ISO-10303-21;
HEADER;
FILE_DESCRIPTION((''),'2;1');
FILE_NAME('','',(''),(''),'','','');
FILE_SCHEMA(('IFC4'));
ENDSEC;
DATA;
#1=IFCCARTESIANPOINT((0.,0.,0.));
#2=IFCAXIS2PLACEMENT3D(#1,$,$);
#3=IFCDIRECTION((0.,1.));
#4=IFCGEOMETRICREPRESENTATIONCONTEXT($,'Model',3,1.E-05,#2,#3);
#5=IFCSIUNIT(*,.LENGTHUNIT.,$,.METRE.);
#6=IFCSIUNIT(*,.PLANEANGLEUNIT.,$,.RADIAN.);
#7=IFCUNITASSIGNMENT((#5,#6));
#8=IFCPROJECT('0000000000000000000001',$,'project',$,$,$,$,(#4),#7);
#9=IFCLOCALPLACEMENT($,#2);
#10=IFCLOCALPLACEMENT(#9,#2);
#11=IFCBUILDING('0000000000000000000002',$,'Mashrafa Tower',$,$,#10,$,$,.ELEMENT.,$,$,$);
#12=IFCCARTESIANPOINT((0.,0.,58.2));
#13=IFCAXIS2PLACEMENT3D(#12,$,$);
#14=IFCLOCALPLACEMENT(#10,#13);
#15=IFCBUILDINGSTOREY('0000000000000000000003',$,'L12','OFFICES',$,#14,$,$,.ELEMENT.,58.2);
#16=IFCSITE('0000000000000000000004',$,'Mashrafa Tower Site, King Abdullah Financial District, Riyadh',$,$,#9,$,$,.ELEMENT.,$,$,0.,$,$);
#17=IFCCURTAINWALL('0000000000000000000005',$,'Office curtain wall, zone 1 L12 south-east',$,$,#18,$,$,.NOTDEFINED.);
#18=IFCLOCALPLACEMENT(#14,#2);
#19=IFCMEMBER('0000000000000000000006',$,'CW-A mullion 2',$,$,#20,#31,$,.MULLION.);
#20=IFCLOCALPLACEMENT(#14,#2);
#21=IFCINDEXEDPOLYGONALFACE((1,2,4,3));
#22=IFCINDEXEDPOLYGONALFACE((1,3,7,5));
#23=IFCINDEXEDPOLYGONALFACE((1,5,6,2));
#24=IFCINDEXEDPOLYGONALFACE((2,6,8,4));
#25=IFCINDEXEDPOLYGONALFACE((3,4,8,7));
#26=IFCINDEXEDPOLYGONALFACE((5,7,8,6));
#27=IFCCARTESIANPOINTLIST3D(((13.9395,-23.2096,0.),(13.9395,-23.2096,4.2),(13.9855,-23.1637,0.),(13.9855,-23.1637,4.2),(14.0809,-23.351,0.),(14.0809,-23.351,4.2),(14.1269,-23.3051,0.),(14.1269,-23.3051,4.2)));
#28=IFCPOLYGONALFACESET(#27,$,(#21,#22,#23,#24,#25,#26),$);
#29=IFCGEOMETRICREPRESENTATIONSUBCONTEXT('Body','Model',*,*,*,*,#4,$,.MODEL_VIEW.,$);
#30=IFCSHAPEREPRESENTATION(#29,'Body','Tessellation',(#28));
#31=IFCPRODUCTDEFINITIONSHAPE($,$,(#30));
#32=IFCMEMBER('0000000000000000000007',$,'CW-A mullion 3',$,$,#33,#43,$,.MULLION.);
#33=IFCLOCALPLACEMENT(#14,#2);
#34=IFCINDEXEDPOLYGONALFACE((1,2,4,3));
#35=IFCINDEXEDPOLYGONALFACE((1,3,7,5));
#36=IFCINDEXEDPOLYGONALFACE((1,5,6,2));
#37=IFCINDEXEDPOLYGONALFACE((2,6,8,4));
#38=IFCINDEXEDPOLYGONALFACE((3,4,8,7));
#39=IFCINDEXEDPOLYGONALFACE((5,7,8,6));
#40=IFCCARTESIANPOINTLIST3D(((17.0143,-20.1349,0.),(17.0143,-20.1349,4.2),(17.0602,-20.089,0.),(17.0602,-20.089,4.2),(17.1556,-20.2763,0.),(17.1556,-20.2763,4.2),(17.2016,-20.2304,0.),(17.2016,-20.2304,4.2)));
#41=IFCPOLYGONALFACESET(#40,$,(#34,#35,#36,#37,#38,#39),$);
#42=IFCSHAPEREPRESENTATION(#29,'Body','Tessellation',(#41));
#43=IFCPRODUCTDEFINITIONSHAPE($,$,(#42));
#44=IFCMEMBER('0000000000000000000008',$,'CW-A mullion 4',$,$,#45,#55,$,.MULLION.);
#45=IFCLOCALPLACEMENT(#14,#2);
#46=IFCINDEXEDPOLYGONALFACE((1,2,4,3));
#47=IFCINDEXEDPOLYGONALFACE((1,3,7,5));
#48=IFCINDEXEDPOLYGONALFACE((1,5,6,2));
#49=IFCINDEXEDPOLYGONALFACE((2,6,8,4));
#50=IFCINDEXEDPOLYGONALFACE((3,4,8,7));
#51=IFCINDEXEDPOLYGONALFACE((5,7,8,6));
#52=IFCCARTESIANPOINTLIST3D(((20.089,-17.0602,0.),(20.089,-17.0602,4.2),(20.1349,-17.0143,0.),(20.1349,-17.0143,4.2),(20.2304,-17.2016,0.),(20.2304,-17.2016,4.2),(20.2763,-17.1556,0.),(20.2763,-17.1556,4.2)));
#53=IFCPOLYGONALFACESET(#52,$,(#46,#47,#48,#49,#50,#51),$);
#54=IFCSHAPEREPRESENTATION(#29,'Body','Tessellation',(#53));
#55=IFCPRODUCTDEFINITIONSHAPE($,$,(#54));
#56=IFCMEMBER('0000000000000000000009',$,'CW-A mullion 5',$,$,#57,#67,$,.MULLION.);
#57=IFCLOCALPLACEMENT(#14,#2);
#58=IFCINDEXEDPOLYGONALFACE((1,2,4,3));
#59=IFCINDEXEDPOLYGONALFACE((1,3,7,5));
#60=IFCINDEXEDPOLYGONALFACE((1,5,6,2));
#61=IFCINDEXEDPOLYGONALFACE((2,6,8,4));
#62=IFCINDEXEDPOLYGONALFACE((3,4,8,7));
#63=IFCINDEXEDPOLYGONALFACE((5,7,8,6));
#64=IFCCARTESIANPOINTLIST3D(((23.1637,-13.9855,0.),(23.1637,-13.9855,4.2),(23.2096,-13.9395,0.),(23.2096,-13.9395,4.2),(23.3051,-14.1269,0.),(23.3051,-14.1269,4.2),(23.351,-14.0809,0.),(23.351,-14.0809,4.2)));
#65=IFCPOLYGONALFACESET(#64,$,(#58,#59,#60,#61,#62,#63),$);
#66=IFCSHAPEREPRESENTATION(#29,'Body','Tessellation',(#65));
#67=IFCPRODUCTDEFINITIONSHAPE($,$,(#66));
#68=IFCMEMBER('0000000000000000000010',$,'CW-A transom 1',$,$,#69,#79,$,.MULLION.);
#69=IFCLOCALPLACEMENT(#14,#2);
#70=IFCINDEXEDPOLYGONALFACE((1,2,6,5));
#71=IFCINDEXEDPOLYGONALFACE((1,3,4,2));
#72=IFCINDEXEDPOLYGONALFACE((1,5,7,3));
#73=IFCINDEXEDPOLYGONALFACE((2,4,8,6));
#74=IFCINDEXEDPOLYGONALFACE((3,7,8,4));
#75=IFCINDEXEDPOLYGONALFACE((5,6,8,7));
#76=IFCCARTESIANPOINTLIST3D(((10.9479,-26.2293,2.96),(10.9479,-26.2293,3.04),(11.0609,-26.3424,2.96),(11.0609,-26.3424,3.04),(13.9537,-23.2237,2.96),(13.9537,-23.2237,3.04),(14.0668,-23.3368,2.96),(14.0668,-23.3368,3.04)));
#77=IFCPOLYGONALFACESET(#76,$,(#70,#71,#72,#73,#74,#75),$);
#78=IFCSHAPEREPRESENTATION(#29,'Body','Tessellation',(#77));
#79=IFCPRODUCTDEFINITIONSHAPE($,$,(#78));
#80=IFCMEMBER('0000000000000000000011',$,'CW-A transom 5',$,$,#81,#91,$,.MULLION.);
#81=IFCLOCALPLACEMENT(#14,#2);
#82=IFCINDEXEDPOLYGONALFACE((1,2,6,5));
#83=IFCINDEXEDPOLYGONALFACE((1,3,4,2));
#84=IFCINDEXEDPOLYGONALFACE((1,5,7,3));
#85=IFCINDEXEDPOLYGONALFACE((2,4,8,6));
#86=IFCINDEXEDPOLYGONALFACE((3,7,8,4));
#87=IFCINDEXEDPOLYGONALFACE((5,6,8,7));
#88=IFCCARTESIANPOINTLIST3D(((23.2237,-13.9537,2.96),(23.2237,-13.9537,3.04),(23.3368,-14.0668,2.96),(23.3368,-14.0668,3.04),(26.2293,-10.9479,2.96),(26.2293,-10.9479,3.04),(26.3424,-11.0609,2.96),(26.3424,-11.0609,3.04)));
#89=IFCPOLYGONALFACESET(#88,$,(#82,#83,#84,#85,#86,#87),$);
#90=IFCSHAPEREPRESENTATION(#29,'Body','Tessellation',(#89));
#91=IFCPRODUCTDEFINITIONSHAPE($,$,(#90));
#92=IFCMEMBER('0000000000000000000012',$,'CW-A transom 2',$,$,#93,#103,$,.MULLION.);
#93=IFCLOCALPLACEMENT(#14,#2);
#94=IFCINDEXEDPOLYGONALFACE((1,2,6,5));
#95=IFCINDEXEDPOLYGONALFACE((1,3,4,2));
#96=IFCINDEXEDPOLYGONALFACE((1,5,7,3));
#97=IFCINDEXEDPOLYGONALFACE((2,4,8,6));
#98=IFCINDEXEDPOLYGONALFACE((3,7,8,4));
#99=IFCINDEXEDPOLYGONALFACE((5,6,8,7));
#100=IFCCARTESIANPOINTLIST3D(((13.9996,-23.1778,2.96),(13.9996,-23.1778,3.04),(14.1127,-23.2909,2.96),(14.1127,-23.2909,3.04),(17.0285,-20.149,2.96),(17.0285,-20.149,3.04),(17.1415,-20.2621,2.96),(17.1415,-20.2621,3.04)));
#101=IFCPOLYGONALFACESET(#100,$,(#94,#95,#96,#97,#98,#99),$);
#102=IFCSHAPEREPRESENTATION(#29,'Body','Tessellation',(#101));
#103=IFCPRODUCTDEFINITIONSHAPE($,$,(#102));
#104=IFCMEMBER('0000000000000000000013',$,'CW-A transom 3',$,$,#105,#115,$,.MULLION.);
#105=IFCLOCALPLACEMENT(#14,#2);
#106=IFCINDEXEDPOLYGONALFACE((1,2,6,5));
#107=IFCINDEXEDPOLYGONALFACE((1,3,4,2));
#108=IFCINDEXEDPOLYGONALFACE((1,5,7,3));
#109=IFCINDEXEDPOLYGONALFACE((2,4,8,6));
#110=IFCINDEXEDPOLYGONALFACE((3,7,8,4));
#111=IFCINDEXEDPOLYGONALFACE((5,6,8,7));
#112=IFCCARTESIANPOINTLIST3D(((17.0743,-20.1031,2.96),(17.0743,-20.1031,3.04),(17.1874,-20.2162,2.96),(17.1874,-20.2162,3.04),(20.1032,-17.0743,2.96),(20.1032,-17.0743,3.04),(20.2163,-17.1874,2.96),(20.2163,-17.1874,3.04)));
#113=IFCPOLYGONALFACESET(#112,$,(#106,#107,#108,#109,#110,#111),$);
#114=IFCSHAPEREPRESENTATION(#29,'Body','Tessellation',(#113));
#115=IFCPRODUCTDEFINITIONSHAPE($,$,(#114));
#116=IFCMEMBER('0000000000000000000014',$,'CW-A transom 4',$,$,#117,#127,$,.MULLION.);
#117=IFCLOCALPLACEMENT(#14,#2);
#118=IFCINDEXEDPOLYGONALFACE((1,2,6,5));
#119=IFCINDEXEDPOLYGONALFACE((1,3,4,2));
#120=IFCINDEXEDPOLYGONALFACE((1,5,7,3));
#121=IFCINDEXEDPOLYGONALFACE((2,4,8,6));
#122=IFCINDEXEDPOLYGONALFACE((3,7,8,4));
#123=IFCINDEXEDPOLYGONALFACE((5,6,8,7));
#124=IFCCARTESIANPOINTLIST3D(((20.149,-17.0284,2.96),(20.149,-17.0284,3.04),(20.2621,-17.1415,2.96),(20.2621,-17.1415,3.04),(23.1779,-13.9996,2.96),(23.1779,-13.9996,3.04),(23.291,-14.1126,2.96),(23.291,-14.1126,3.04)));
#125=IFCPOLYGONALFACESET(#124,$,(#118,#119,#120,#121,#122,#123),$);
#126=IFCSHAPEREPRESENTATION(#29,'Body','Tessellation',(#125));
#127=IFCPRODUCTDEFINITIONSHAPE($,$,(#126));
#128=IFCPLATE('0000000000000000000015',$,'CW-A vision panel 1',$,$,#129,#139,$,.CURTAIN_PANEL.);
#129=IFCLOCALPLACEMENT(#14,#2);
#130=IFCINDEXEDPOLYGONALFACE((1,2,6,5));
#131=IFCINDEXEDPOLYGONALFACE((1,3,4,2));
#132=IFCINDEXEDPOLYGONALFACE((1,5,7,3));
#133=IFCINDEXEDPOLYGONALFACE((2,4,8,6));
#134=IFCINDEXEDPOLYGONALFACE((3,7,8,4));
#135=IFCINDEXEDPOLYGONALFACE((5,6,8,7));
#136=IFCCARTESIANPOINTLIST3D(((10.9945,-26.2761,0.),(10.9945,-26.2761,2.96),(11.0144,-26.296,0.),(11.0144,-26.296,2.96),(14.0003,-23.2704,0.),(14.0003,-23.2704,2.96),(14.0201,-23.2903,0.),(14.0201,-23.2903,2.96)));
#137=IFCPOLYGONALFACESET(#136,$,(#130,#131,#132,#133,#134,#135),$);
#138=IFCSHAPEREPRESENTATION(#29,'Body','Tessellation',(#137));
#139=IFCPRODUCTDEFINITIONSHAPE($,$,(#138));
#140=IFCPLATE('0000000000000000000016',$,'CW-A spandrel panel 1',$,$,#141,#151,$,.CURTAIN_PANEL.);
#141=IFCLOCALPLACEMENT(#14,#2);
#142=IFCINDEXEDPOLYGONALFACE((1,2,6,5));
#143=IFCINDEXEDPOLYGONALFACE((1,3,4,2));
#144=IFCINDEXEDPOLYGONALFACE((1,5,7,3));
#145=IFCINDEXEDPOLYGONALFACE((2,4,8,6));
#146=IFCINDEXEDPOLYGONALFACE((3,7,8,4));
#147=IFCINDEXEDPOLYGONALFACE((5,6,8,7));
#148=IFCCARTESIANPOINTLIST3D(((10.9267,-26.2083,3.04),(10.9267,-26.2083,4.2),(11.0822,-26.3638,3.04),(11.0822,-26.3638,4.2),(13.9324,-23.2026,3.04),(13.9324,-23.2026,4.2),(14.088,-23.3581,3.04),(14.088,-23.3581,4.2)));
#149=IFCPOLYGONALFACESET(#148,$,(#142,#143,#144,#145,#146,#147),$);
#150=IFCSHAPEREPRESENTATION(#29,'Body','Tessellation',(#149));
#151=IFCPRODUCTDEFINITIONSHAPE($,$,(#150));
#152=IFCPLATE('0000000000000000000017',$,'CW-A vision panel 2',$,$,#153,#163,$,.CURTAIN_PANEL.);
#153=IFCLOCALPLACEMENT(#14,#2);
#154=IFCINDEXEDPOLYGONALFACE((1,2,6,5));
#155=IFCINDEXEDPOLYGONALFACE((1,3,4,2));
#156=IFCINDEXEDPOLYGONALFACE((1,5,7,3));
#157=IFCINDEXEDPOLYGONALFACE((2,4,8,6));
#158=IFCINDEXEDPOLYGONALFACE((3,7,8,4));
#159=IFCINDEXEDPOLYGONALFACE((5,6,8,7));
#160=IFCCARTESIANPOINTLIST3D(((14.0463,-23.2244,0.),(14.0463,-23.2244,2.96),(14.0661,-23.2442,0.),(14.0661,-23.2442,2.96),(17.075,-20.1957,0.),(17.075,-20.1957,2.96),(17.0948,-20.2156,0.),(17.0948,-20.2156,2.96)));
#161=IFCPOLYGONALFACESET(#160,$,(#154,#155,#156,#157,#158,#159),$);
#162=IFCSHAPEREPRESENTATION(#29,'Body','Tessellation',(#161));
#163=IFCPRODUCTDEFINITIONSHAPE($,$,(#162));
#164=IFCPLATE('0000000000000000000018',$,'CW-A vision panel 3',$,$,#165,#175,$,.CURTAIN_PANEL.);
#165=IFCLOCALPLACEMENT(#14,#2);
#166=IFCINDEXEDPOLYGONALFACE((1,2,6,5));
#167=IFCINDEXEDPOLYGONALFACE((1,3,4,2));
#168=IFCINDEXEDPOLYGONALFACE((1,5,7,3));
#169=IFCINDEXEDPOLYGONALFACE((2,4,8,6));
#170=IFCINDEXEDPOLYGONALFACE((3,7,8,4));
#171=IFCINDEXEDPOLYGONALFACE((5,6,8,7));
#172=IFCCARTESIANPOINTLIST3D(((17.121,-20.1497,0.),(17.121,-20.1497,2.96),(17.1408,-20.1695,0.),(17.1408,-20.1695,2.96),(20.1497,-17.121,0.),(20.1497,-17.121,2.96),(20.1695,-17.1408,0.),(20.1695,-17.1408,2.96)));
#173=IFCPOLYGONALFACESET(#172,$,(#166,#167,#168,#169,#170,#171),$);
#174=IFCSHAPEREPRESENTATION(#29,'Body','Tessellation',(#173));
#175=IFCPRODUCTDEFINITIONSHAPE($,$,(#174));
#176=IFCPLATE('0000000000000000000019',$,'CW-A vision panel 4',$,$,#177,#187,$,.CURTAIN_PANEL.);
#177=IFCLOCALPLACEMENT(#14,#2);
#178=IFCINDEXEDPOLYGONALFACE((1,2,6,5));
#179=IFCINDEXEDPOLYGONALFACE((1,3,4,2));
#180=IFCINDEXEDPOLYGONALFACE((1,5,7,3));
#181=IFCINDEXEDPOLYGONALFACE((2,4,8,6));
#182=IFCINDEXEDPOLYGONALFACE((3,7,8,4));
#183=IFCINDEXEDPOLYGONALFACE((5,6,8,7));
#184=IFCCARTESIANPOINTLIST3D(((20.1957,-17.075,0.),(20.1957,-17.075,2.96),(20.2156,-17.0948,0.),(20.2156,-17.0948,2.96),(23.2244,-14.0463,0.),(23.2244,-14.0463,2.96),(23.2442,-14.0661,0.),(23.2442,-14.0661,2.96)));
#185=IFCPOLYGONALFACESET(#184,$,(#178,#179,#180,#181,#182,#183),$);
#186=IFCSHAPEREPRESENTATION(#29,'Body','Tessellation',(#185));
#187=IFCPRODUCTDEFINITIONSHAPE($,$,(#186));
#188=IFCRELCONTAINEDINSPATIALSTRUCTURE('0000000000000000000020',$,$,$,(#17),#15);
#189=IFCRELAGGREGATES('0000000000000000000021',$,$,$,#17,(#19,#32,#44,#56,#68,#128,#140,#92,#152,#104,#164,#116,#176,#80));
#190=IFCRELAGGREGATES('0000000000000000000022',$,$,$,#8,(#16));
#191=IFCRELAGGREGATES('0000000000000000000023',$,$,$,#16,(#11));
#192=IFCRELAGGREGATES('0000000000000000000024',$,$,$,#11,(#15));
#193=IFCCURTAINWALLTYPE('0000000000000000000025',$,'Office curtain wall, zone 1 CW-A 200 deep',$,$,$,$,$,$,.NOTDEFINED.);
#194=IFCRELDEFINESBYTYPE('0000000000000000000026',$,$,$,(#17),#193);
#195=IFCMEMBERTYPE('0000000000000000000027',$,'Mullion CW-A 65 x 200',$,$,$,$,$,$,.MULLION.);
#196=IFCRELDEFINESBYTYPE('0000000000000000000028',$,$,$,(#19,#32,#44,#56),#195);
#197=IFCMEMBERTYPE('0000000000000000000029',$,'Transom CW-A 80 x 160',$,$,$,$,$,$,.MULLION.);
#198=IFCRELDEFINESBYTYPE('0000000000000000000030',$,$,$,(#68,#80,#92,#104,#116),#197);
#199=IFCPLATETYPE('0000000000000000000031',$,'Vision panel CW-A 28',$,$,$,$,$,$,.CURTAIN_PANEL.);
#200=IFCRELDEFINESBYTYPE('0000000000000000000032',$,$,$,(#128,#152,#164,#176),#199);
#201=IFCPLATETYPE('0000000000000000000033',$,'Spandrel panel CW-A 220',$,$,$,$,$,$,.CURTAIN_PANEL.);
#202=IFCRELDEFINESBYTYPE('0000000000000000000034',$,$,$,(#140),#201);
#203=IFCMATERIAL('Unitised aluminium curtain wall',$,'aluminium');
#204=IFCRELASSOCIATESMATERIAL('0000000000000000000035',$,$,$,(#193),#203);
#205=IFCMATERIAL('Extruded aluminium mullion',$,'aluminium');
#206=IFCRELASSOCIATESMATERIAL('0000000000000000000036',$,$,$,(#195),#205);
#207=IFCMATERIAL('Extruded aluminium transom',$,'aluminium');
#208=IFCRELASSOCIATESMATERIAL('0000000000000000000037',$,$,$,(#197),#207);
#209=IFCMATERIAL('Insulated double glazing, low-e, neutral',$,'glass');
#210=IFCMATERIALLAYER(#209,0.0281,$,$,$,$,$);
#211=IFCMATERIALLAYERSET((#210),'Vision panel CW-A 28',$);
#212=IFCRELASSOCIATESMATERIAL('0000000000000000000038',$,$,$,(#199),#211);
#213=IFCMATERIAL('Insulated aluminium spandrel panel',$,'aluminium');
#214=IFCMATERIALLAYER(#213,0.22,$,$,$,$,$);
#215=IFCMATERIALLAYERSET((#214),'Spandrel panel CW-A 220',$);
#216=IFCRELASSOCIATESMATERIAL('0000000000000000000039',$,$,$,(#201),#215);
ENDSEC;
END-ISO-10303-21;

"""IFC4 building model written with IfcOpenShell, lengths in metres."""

from ifc_helpers import new_model, si_unit, direction, frame, origin, origin_2d, place, context, subcontext, project, spatial, rectangle, extrude, source, transform, mapped, material, layer, layer_set, material_profile, profile_set, type_object, type_shapes, element, aggregate, save


model = new_model("IFC4")

# Units and contexts
model_context = context("Model", 3, precision=1e-05, world=origin(), true_north=direction((0.0, 1.0)))
body_context = subcontext(model_context, "Body", "Model", "MODEL_VIEW")
ifc_project = project(units=[si_unit("LENGTHUNIT", "METRE"), si_unit("PLANEANGLEUNIT", "RADIAN")], contexts=[model_context])

# Site, building, storey
site_placement = place(None, origin())
site = spatial("IfcSite", under=ifc_project, at=site_placement, Name="Mashrafa Tower Site, King Abdullah Financial District, Riyadh", CompositionType="ELEMENT", RefElevation=0.0)
building_placement = place(site_placement, origin())
building = spatial("IfcBuilding", under=site, at=building_placement, Name="Mashrafa Tower", CompositionType="ELEMENT")
storey_placement = place(building_placement, frame((0.0, 0.0, 58.2)))
storey = spatial("IfcBuildingStorey", under=building, at=storey_placement, Name="L12", Description="OFFICES", CompositionType="ELEMENT", Elevation=58.2)

# Curtain wall, members, plates
ifc_material_1 = material(Name="Unitised aluminium curtain wall", Category="aluminium")
curtain_wall_type = type_object("IfcCurtainWallType", Name="Office curtain wall, zone 1 CW-A 200 deep", PredefinedType="NOTDEFINED", material=ifc_material_1)
curtain_wall_placement = place(storey_placement, origin())
curtain_wall = element("IfcCurtainWall", 1, at=curtain_wall_placement, inside=storey, type_object=curtain_wall_type, Name="Office curtain wall, zone 1 L12 south-east", PredefinedType="NOTDEFINED")
ifc_material_2 = material(Name="Extruded aluminium mullion", Category="aluminium")
ifc_material_profile_1 = material_profile(ifc_material_2, rectangle(XDim=0.2, YDim=0.0649, at=origin_2d()), Name="Mullion 65x200")
ifc_profile_set_1 = profile_set([ifc_material_profile_1], Name="Extruded aluminium mullion")
member_type_1 = type_object("IfcMemberType", Name="Mullion CW-A 65 x 200", PredefinedType="MULLION", material=ifc_profile_set_1)
shared_shape_1 = source(origin(), body_context, "Body", "SweptSolid", [
    extrude(rectangle(XDim=0.2, YDim=0.0649, at=origin_2d()), origin(), (0.0, 0.0, 1.0), 4.2),
])
type_shapes(member_type_1, [shared_shape_1])
member_1_placement = place(storey_placement, frame((14.0332, -23.2573, 0.0), z_axis=(0.0, 0.0, 1.0), x_axis=(-0.707107, 0.707107, 0.0)))
member_1 = element("IfcMember", 2, at=member_1_placement, type_object=member_type_1, Name="CW-A mullion 2", PredefinedType="MULLION", context=body_context, shape_type="MappedRepresentation", body=[
    mapped(shared_shape_1, transform((0.0, 0.0, 0.0))),
])
member_2_placement = place(storey_placement, frame((17.1079, -20.1826, 0.0), z_axis=(0.0, 0.0, 1.0), x_axis=(-0.707107, 0.707107, 0.0)))
member_2 = element("IfcMember", 3, at=member_2_placement, type_object=member_type_1, Name="CW-A mullion 3", PredefinedType="MULLION", context=body_context, shape_type="MappedRepresentation", body=[
    mapped(shared_shape_1, transform((0.0, 0.0, 0.0))),
])
member_3_placement = place(storey_placement, frame((20.1826, -17.1079, 0.0), z_axis=(0.0, 0.0, 1.0), x_axis=(-0.707107, 0.707107, 0.0)))
member_3 = element("IfcMember", 4, at=member_3_placement, type_object=member_type_1, Name="CW-A mullion 4", PredefinedType="MULLION", context=body_context, shape_type="MappedRepresentation", body=[
    mapped(shared_shape_1, transform((0.0, 0.0, 0.0))),
])
member_4_placement = place(storey_placement, frame((23.2573, -14.0332, 0.0), z_axis=(0.0, 0.0, 1.0), x_axis=(-0.707107, 0.707107, 0.0)))
member_4 = element("IfcMember", 5, at=member_4_placement, type_object=member_type_1, Name="CW-A mullion 5", PredefinedType="MULLION", context=body_context, shape_type="MappedRepresentation", body=[
    mapped(shared_shape_1, transform((0.0, 0.0, 0.0))),
])
ifc_material_3 = material(Name="Extruded aluminium transom", Category="aluminium")
ifc_material_profile_2 = material_profile(ifc_material_3, rectangle(XDim=0.1599, YDim=0.0801, at=origin_2d()), Name="Transom 80x160")
ifc_profile_set_2 = profile_set([ifc_material_profile_2], Name="Extruded aluminium transom")
member_type_2 = type_object("IfcMemberType", Name="Transom CW-A 80 x 160", PredefinedType="MULLION", material=ifc_profile_set_2)
shared_shape_2 = source(origin(), body_context, "Body", "SweptSolid", [
    extrude(rectangle(XDim=0.1599, YDim=0.0801, at=origin_2d()), origin(), (0.0, 0.0, 1.0), 4.2507),
])
member_5_placement = place(storey_placement, frame((11.0044, -26.2859, 3.0), z_axis=(0.707135, 0.707078, 0.0), x_axis=(-0.707078, 0.707135, 0.0)))
member_5 = element("IfcMember", 6, at=member_5_placement, type_object=member_type_2, Name="CW-A transom 1", PredefinedType="MULLION", context=body_context, shape_type="MappedRepresentation", body=[
    mapped(shared_shape_2, transform((0.0, 0.0, 0.0))),
])
member_6_placement = place(storey_placement, frame((23.2803, -14.0103, 3.0), z_axis=(0.707078, 0.707135, 0.0), x_axis=(-0.707135, 0.707078, 0.0)))
member_6 = element("IfcMember", 7, at=member_6_placement, type_object=member_type_2, Name="CW-A transom 5", PredefinedType="MULLION", context=body_context, shape_type="MappedRepresentation", body=[
    mapped(shared_shape_2, transform((0.0, 0.0, 0.0))),
])
shared_shape_3 = source(origin(), body_context, "Body", "SweptSolid", [
    extrude(rectangle(XDim=0.1599, YDim=0.0801, at=origin_2d()), origin(), (0.0, 0.0, 1.0), 4.2834),
])
type_shapes(member_type_2, [shared_shape_2, shared_shape_3])
member_7_placement = place(storey_placement, frame((14.0562, -23.2344, 3.0), z_axis=(0.707107, 0.707107, 0.0), x_axis=(-0.707107, 0.707107, 0.0)))
member_7 = element("IfcMember", 8, at=member_7_placement, type_object=member_type_2, Name="CW-A transom 2", PredefinedType="MULLION", context=body_context, shape_type="MappedRepresentation", body=[
    mapped(shared_shape_3, transform((0.0, 0.0, 0.0))),
])
member_8_placement = place(storey_placement, frame((17.1309, -20.1597, 3.0), z_axis=(0.707107, 0.707107, 0.0), x_axis=(-0.707107, 0.707107, 0.0)))
member_8 = element("IfcMember", 9, at=member_8_placement, type_object=member_type_2, Name="CW-A transom 3", PredefinedType="MULLION", context=body_context, shape_type="MappedRepresentation", body=[
    mapped(shared_shape_3, transform((0.0, 0.0, 0.0))),
])
member_9_placement = place(storey_placement, frame((20.2056, -17.085, 3.0), z_axis=(0.707107, 0.707107, 0.0), x_axis=(-0.707107, 0.707107, 0.0)))
member_9 = element("IfcMember", 10, at=member_9_placement, type_object=member_type_2, Name="CW-A transom 4", PredefinedType="MULLION", context=body_context, shape_type="MappedRepresentation", body=[
    mapped(shared_shape_3, transform((0.0, 0.0, 0.0))),
])
ifc_material_4 = material(Name="Insulated double glazing, low-e, neutral", Category="glass")
ifc_layer_1 = layer(ifc_material_4, 0.0281)
ifc_layer_set_1 = layer_set([ifc_layer_1], Name="Vision panel CW-A 28")
plate_type_1 = type_object("IfcPlateType", Name="Vision panel CW-A 28", PredefinedType="CURTAIN_PANEL", material=ifc_layer_set_1)
shared_shape_4 = source(origin(), body_context, "Body", "SweptSolid", [
    extrude(rectangle(XDim=4.2507, YDim=0.0281, at=origin_2d()), origin(), (0.0, 0.0, 1.0), 2.96),
])
plate_1_placement = place(storey_placement, frame((12.5073, -24.7832, 0.0), z_axis=(0.0, 0.0, 1.0), x_axis=(0.707107, 0.707107, 0.0)))
plate_1 = element("IfcPlate", 11, at=plate_1_placement, type_object=plate_type_1, Name="CW-A vision panel 1", PredefinedType="CURTAIN_PANEL", context=body_context, shape_type="MappedRepresentation", body=[
    mapped(shared_shape_4, transform((0.0, 0.0, 0.0))),
])
ifc_material_5 = material(Name="Insulated aluminium spandrel panel", Category="aluminium")
ifc_layer_2 = layer(ifc_material_5, 0.22)
ifc_layer_set_2 = layer_set([ifc_layer_2], Name="Spandrel panel CW-A 220")
plate_type_2 = type_object("IfcPlateType", Name="Spandrel panel CW-A 220", PredefinedType="CURTAIN_PANEL", material=ifc_layer_set_2)
shared_shape_5 = source(origin(), body_context, "Body", "SweptSolid", [
    extrude(rectangle(XDim=4.2507, YDim=0.22, at=origin_2d()), origin(), (0.0, 0.0, 1.0), 1.1599),
])
plate_2_placement = place(storey_placement, frame((12.5073, -24.7832, 3.04), z_axis=(0.0, 0.0, 1.0), x_axis=(0.707107, 0.707107, 0.0)))
plate_2 = element("IfcPlate", 12, at=plate_2_placement, type_object=plate_type_2, Name="CW-A spandrel panel 1", PredefinedType="CURTAIN_PANEL", context=body_context, shape_type="MappedRepresentation", body=[
    mapped(shared_shape_5, transform((0.0, 0.0, 0.0))),
])
shared_shape_6 = source(origin(), body_context, "Body", "SweptSolid", [
    extrude(rectangle(XDim=4.2832, YDim=0.0281, at=origin_2d()), origin(), (0.0, 0.0, 1.0), 2.96),
])
type_shapes(plate_type_1, [shared_shape_4, shared_shape_6])
plate_3_placement = place(storey_placement, frame((15.5706, -21.72, 0.0), z_axis=(0.0, 0.0, 1.0), x_axis=(0.707107, 0.707107, 0.0)))
plate_3 = element("IfcPlate", 13, at=plate_3_placement, type_object=plate_type_1, Name="CW-A vision panel 2", PredefinedType="CURTAIN_PANEL", context=body_context, shape_type="MappedRepresentation", body=[
    mapped(shared_shape_6, transform((0.0, 0.0, 0.0))),
])
plate_4_placement = place(storey_placement, frame((18.6453, -18.6453, 0.0), z_axis=(0.0, 0.0, 1.0), x_axis=(0.707107, 0.707107, 0.0)))
plate_4 = element("IfcPlate", 14, at=plate_4_placement, type_object=plate_type_1, Name="CW-A vision panel 3", PredefinedType="CURTAIN_PANEL", context=body_context, shape_type="MappedRepresentation", body=[
    mapped(shared_shape_6, transform((0.0, 0.0, 0.0))),
])
plate_5_placement = place(storey_placement, frame((21.72, -15.5706, 0.0), z_axis=(0.0, 0.0, 1.0), x_axis=(0.707107, 0.707107, 0.0)))
plate_5 = element("IfcPlate", 15, at=plate_5_placement, type_object=plate_type_1, Name="CW-A vision panel 4", PredefinedType="CURTAIN_PANEL", context=body_context, shape_type="MappedRepresentation", body=[
    mapped(shared_shape_6, transform((0.0, 0.0, 0.0))),
])
aggregate(curtain_wall, [member_1, member_2, member_3, member_4, member_5, plate_1, plate_2, member_7, plate_3, member_8, plate_4, member_9, plate_5, member_6])

save(model, "model.ifc")
